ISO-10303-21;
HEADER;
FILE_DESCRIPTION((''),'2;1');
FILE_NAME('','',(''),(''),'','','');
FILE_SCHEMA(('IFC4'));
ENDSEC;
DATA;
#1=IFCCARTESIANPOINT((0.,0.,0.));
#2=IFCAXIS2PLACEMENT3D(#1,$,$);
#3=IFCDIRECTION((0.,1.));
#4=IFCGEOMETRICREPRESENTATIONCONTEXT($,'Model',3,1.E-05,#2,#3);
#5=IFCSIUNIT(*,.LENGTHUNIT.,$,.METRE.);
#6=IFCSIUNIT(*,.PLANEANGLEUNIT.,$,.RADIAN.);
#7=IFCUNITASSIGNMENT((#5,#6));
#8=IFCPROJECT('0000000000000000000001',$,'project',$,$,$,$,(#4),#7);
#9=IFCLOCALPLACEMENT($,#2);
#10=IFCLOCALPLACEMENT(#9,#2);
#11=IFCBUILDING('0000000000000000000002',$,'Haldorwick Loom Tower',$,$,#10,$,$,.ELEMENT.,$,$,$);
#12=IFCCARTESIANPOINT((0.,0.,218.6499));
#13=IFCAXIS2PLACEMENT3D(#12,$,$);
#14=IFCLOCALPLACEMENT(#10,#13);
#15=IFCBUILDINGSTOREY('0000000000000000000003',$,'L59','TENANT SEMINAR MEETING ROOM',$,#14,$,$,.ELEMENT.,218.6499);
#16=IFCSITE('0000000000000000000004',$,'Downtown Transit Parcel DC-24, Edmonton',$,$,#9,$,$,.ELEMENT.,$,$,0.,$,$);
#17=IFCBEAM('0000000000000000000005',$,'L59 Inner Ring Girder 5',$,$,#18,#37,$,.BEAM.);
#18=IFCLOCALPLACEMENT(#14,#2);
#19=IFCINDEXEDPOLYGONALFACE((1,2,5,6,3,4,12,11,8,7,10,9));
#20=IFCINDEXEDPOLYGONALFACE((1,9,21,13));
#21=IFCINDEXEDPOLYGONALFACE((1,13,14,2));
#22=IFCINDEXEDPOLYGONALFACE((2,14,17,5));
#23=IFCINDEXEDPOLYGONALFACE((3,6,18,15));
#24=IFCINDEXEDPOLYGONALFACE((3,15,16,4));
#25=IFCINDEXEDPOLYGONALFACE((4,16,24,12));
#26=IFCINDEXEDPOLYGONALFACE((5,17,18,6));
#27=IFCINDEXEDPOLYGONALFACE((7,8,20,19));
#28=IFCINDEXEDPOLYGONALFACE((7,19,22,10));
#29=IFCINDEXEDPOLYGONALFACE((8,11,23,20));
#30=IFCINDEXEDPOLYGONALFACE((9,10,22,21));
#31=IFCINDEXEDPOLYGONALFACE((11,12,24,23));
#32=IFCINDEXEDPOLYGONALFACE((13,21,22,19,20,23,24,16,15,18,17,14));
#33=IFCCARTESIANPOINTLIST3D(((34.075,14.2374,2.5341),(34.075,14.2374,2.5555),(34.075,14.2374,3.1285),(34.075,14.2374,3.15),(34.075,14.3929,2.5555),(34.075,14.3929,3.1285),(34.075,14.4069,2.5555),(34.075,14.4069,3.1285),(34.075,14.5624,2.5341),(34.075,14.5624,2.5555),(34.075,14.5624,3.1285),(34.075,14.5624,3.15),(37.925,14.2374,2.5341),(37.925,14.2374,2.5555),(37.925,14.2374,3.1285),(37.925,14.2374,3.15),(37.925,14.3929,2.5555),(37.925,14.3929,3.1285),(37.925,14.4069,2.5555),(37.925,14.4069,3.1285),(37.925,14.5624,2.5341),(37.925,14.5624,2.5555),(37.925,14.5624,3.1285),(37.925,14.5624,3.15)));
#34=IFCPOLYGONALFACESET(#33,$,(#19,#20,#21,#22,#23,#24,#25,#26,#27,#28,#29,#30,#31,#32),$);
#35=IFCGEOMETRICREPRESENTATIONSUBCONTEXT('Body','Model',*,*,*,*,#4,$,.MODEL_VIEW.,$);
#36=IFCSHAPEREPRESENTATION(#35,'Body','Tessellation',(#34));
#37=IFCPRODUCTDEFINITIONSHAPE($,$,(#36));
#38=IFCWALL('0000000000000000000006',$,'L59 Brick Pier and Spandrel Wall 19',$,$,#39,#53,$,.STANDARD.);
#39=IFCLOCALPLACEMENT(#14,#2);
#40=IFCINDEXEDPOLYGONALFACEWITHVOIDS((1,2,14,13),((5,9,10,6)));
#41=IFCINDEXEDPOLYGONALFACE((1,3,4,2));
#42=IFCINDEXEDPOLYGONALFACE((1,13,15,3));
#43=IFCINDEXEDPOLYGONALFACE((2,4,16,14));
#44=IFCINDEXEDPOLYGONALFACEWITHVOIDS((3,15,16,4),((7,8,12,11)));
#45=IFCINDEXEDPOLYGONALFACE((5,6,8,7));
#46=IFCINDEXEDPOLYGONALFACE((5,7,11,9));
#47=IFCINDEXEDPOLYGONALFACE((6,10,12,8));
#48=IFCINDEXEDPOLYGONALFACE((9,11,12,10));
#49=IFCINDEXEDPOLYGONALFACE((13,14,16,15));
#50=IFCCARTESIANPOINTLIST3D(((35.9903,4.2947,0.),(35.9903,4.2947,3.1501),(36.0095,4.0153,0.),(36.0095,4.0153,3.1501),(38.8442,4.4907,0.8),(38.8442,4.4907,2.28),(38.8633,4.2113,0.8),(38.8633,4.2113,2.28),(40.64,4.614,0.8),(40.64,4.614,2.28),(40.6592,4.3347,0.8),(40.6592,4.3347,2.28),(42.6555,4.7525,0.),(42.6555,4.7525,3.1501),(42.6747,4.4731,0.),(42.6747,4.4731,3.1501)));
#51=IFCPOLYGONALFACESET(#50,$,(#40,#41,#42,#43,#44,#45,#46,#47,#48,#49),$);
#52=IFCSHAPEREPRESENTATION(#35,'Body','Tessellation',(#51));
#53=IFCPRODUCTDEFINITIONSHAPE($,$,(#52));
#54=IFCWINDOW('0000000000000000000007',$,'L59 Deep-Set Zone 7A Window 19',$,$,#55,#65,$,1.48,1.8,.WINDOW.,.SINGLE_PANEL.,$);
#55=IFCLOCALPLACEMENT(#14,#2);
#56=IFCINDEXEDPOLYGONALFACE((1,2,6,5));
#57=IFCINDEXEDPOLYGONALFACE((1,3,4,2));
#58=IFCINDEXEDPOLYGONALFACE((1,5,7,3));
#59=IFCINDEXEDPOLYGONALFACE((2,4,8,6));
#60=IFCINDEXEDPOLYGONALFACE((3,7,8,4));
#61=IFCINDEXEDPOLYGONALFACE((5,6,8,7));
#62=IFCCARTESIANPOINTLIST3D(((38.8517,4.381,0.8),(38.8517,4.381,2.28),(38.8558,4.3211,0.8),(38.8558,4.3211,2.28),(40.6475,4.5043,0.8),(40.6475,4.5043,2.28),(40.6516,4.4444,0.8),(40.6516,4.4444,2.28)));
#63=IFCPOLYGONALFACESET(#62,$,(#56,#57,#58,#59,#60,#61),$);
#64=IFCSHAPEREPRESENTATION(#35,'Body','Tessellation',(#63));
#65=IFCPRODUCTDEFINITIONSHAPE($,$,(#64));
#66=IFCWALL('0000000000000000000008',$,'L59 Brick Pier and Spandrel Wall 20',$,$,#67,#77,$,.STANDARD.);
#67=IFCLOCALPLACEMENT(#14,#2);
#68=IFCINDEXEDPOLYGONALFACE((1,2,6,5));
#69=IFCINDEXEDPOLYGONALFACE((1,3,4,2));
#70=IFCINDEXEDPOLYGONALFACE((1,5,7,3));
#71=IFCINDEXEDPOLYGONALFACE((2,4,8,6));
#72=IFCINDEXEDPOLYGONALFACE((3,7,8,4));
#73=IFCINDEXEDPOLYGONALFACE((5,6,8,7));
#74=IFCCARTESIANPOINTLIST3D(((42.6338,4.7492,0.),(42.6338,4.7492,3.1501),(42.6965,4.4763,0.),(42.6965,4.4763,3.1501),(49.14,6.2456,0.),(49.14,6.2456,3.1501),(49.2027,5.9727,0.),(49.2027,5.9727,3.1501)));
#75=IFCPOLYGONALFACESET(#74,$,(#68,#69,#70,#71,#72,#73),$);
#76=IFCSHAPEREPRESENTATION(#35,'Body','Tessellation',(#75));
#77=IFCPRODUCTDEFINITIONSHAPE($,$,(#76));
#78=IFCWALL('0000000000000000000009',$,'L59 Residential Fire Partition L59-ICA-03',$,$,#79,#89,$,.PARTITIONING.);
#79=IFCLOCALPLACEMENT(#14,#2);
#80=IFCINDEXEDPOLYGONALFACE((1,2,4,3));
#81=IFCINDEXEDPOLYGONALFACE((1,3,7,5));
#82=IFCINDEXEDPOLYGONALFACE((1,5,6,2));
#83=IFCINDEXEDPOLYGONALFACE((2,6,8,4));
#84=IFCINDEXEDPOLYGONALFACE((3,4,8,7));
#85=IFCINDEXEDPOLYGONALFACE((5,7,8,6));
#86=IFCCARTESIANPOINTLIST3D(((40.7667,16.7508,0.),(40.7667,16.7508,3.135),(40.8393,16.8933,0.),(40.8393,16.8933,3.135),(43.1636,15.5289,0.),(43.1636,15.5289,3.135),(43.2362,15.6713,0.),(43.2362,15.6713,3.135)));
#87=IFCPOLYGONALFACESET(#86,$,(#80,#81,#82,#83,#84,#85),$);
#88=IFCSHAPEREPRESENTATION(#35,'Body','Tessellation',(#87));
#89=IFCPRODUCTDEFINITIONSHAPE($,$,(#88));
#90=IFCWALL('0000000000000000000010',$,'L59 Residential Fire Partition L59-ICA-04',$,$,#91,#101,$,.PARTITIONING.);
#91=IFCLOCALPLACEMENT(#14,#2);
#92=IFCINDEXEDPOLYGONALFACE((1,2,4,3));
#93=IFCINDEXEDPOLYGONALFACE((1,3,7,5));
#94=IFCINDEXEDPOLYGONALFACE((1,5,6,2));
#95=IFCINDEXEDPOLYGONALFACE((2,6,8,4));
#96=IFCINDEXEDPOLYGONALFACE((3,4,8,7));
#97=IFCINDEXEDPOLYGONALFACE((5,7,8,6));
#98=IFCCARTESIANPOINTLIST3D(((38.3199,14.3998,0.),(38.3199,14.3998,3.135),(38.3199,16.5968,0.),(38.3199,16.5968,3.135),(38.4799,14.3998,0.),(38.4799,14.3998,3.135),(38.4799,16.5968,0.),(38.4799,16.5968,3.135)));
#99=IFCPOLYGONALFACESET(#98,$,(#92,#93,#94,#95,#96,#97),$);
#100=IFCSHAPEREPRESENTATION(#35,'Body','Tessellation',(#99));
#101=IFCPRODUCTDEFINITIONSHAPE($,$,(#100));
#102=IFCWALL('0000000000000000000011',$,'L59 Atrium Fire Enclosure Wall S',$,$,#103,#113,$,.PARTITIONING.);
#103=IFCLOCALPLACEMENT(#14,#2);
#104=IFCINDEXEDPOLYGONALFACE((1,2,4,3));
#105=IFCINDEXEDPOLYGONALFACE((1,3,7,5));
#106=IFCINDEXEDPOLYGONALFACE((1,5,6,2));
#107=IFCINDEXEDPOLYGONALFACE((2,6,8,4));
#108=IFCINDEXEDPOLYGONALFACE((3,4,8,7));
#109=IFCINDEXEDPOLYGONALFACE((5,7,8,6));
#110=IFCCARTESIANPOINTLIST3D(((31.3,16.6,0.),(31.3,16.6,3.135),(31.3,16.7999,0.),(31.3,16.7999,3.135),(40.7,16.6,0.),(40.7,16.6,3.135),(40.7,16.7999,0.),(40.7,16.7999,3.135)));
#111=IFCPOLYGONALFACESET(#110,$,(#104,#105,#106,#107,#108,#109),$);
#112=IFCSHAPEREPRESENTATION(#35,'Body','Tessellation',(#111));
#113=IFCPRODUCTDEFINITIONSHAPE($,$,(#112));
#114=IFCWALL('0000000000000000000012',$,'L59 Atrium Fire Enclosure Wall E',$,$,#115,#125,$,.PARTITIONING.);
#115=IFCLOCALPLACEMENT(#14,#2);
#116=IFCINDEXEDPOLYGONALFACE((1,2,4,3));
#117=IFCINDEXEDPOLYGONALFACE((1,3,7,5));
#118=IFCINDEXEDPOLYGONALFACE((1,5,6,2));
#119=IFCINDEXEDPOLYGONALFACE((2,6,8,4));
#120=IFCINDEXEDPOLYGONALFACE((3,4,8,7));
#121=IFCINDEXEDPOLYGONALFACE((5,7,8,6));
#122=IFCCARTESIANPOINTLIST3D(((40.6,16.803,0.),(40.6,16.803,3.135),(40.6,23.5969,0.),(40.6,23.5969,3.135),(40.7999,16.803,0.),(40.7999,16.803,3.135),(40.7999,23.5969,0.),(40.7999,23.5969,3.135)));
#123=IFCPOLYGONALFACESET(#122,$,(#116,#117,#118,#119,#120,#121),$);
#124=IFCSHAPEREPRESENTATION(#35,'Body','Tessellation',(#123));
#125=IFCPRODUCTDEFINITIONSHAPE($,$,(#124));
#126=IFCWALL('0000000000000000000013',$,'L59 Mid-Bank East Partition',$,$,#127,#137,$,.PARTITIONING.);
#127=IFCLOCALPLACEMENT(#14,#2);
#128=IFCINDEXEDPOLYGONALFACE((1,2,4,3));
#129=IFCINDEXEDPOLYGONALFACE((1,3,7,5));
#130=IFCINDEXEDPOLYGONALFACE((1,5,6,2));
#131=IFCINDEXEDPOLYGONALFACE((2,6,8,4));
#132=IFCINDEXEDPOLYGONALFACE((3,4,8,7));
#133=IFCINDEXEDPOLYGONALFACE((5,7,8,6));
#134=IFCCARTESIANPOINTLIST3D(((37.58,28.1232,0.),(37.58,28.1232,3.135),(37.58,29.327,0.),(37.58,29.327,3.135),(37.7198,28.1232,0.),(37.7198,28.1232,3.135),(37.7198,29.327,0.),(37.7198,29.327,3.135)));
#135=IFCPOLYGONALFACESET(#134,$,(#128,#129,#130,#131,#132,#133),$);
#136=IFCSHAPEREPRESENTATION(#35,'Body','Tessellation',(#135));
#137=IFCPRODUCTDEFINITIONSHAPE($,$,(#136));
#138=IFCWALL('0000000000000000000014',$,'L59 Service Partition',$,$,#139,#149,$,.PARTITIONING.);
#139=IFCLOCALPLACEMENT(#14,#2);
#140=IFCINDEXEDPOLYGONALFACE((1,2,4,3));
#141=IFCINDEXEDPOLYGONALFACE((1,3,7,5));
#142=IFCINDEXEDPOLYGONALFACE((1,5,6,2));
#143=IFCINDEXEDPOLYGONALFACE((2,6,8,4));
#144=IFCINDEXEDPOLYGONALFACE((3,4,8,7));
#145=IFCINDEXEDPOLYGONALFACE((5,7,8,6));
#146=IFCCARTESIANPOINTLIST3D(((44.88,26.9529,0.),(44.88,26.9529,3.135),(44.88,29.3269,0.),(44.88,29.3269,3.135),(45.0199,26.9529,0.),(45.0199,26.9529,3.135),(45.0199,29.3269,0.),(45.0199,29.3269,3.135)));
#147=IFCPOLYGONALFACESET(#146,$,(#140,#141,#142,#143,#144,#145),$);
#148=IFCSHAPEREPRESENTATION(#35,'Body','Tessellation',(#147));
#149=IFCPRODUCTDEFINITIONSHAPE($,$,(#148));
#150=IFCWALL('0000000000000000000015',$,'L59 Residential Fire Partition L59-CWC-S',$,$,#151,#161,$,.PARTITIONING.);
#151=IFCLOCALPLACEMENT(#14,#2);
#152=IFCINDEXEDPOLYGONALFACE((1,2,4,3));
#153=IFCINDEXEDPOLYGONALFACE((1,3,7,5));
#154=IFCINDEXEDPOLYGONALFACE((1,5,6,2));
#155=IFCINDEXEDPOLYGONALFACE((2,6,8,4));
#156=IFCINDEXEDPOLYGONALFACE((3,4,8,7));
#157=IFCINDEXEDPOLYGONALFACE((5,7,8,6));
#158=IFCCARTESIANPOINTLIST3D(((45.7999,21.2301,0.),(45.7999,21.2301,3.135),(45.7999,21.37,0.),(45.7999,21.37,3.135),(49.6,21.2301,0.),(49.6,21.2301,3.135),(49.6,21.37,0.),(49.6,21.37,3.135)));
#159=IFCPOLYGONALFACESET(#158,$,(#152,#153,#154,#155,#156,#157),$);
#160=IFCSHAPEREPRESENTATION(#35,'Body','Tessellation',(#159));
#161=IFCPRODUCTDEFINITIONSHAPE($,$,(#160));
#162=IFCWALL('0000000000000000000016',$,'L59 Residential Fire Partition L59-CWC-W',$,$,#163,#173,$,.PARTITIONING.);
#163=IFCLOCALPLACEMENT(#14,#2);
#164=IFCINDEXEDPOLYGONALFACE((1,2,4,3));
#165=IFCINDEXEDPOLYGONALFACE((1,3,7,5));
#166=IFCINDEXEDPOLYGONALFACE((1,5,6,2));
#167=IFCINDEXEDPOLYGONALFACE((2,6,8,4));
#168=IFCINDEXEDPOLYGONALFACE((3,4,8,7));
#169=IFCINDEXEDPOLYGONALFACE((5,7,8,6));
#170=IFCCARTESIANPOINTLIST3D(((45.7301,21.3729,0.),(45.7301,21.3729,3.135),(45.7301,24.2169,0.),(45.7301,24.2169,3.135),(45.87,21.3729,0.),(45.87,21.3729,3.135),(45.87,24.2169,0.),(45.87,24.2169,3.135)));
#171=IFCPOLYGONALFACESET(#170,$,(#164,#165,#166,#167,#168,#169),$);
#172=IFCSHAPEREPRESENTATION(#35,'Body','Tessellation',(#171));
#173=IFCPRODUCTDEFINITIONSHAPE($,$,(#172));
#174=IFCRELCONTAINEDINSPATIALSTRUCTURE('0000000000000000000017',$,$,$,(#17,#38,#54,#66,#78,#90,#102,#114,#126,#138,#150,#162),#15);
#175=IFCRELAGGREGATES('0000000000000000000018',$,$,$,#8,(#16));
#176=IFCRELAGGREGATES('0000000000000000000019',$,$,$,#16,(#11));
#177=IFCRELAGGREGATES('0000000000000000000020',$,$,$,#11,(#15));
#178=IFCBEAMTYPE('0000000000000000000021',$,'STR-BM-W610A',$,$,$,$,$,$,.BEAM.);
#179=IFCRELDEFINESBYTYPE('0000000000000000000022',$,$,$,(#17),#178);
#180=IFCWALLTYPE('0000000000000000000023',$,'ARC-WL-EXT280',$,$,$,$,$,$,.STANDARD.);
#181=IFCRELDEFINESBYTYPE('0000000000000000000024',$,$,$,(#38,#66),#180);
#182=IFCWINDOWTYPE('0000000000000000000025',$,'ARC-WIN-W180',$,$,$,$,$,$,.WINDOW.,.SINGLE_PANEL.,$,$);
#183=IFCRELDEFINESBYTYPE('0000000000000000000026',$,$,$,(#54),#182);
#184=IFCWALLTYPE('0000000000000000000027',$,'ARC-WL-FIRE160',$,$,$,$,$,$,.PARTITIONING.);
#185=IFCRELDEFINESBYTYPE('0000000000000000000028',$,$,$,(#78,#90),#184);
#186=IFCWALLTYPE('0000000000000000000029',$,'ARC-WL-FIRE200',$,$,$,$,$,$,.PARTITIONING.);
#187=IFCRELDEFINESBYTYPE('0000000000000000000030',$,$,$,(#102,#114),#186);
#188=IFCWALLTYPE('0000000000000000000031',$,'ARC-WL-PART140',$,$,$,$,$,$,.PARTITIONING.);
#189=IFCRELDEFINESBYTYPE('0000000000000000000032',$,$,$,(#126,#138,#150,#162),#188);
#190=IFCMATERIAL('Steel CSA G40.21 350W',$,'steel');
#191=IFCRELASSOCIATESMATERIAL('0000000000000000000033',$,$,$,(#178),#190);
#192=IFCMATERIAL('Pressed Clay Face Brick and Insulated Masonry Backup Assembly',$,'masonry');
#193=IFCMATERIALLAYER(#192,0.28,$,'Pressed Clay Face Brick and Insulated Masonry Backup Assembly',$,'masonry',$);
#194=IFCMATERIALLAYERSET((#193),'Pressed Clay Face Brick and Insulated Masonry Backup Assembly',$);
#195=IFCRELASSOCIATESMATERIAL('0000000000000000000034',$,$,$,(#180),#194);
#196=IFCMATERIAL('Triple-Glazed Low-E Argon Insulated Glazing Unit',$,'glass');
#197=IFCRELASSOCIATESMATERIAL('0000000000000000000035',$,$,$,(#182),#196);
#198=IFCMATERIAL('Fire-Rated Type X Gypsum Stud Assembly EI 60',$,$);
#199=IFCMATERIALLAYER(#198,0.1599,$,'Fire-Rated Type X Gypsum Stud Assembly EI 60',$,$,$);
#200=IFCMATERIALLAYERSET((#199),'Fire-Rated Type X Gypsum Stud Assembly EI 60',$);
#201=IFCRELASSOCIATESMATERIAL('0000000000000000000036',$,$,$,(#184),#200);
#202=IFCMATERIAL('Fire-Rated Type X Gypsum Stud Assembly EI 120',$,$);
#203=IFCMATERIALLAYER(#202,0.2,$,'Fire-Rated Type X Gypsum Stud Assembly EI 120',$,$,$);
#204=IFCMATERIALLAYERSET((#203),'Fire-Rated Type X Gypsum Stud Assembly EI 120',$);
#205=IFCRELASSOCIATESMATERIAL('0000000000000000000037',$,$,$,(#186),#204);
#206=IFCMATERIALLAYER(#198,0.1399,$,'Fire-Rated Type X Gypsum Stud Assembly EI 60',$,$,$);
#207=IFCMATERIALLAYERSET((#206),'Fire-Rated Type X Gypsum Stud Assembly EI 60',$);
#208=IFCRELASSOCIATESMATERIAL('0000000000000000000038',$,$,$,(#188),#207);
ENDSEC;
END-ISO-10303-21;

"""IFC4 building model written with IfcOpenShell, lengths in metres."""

from ifc_helpers import new_model, si_unit, direction, frame, frame_2d, origin, origin_2d, place, context, subcontext, project, spatial, rectangle, i_section, extrude, material, layer, layer_set, material_profile, profile_set, type_object, element, fill, save


model = new_model("IFC4")

# Units and contexts
model_context = context("Model", 3, precision=1e-05, world=origin(), true_north=direction((0.0, 1.0)))
body_context = subcontext(model_context, "Body", "Model", "MODEL_VIEW")
ifc_project = project(units=[si_unit("LENGTHUNIT", "METRE"), si_unit("PLANEANGLEUNIT", "RADIAN")], contexts=[model_context])

# Site, building, storey
site_placement = place(None, origin())
site = spatial("IfcSite", under=ifc_project, at=site_placement, Name="Downtown Transit Parcel DC-24, Edmonton", CompositionType="ELEMENT", RefElevation=0.0)
building_placement = place(site_placement, origin())
building = spatial("IfcBuilding", under=site, at=building_placement, Name="Haldorwick Loom Tower", CompositionType="ELEMENT")
storey_placement = place(building_placement, frame((0.0, 0.0, 218.6499)))
storey = spatial("IfcBuildingStorey", under=building, at=storey_placement, Name="L59", Description="TENANT SEMINAR MEETING ROOM", CompositionType="ELEMENT", Elevation=218.6499)

# Shared definitions
ifc_material_1 = material(Name="Steel CSA G40.21 350W", Category="steel")

# Beam
ifc_material_profile_1 = material_profile(ifc_material_1, i_section(OverallWidth=0.325, OverallDepth=0.616, WebThickness=0.0139, FlangeThickness=0.0215, at=origin_2d()), Name="W610X174", Category="steel")
ifc_profile_set_1 = profile_set([ifc_material_profile_1], Name="Steel CSA G40.21 350W")
beam_type_1 = type_object("IfcBeamType", Name="STR-BM-W610A", PredefinedType="BEAM", material=ifc_profile_set_1)
beam_1_placement = place(storey_placement, frame((37.925, 14.3999, 2.842), z_axis=(-1.0, 0.0, 0.0), x_axis=(0.0, -1.0, 0.0)))
element("IfcBeam", 1, at=beam_1_placement, inside=storey, type_object=beam_type_1, Name="L59 Inner Ring Girder 5", PredefinedType="BEAM", context=body_context, shape_type="SweptSolid", body=[
    extrude(i_section(OverallWidth=0.325, OverallDepth=0.616, WebThickness=0.0139, FlangeThickness=0.0215, at=origin_2d()), origin(), (0.0, 0.0, 1.0), 3.8501),
])

# Wall, opening, window
ifc_material_2 = material(Name="Pressed Clay Face Brick and Insulated Masonry Backup Assembly", Category="masonry")
ifc_layer_1 = layer(ifc_material_2, 0.28, Name="Pressed Clay Face Brick and Insulated Masonry Backup Assembly", Category="masonry")
ifc_layer_set_1 = layer_set([ifc_layer_1], Name="Pressed Clay Face Brick and Insulated Masonry Backup Assembly")
wall_type_1 = type_object("IfcWallType", Name="ARC-WL-EXT280", PredefinedType="STANDARD", material=ifc_layer_set_1)
wall_1_placement = place(storey_placement, frame((36.0, 4.155, 0.0), z_axis=(0.0, 0.0, 1.0), x_axis=(0.99765, 0.068517, 0.0)))
wall_1 = element("IfcWall", 2, at=wall_1_placement, inside=storey, type_object=wall_type_1, Name="L59 Brick Pier and Spandrel Wall 19", PredefinedType="STANDARD", context=body_context, shape_type="SweptSolid", body=[
    extrude(rectangle(XDim=6.6809, YDim=0.28, at=frame_2d((3.3403, 0.0))), origin(), (0.0, 0.0, 1.0), 3.1501),
])
opening_placement = place(wall_1_placement, frame((2.8606, 0.0, 0.8)))
opening = element("IfcOpeningElement", 3, at=opening_placement, cuts=wall_1, PredefinedType="OPENING", context=body_context, shape_type="SweptSolid", body=[
    extrude(rectangle(XDim=1.8, YDim=1.48, at=frame_2d((0.8999, 0.74))), frame((0.0, 0.1499, 0.0), z_axis=(0.0, -1.0, 0.0), x_axis=(1.0, 0.0, 0.0)), (0.0, 0.0, 1.0), 0.3),
])
ifc_material_3 = material(Name="Triple-Glazed Low-E Argon Insulated Glazing Unit", Category="glass")
window_type = type_object("IfcWindowType", Name="ARC-WIN-W180", PartitioningType="SINGLE_PANEL", PredefinedType="WINDOW", material=ifc_material_3)
window_placement = place(opening_placement, origin())
window = element("IfcWindow", 4, at=window_placement, inside=storey, type_object=window_type, Name="L59 Deep-Set Zone 7A Window 19", OverallHeight=1.48, OverallWidth=1.8, PartitioningType="SINGLE_PANEL", PredefinedType="WINDOW", context=body_context, shape_type="SweptSolid", body=[
    extrude(rectangle(XDim=1.8, YDim=1.48, at=frame_2d((0.8999, 0.74))), frame((0.0, 0.03, 0.0), z_axis=(0.0, -1.0, 0.0), x_axis=(1.0, 0.0, 0.0)), (0.0, 0.0, 1.0), 0.0601),
])
fill(opening, window)

# Walls
wall_2_placement = place(storey_placement, frame((42.6653, 4.6128, 0.0), z_axis=(0.0, 0.0, 1.0), x_axis=(0.974557, 0.224138, 0.0)))
element("IfcWall", 5, at=wall_2_placement, inside=storey, type_object=wall_type_1, Name="L59 Brick Pier and Spandrel Wall 20", PredefinedType="STANDARD", context=body_context, shape_type="SweptSolid", body=[
    extrude(rectangle(XDim=6.676, YDim=0.28, at=frame_2d((3.3379, 0.0))), origin(), (0.0, 0.0, 1.0), 3.1501),
])
ifc_material_4 = material(Name="Fire-Rated Type X Gypsum Stud Assembly EI 60")
ifc_layer_2 = layer(ifc_material_4, 0.1599, Name="Fire-Rated Type X Gypsum Stud Assembly EI 60")
ifc_layer_set_2 = layer_set([ifc_layer_2], Name="Fire-Rated Type X Gypsum Stud Assembly EI 60")
wall_type_2 = type_object("IfcWallType", Name="ARC-WL-FIRE160", PredefinedType="PARTITIONING", material=ifc_layer_set_2)
wall_3_placement = place(storey_placement, frame((40.803, 16.822, 0.0), z_axis=(0.0, 0.0, 1.0), x_axis=(0.890916, -0.454169, 0.0)))
element("IfcWall", 6, at=wall_3_placement, inside=storey, type_object=wall_type_2, Name="L59 Residential Fire Partition L59-ICA-03", PredefinedType="PARTITIONING", context=body_context, shape_type="SweptSolid", body=[
    extrude(rectangle(XDim=2.6904, YDim=0.1599, at=frame_2d((1.3452, 0.0))), origin(), (0.0, 0.0, 1.0), 3.135),
])
wall_4_placement = place(storey_placement, frame((38.3999, 16.5969, 0.0), z_axis=(0.0, 0.0, 1.0), x_axis=(0.0, -1.0, 0.0)))
element("IfcWall", 7, at=wall_4_placement, inside=storey, type_object=wall_type_2, Name="L59 Residential Fire Partition L59-ICA-04", PredefinedType="PARTITIONING", context=body_context, shape_type="SweptSolid", body=[
    extrude(rectangle(XDim=2.197, YDim=0.1599, at=frame_2d((1.0986, 0.0))), origin(), (0.0, 0.0, 1.0), 3.135),
])
ifc_material_5 = material(Name="Fire-Rated Type X Gypsum Stud Assembly EI 120")
ifc_layer_3 = layer(ifc_material_5, 0.2, Name="Fire-Rated Type X Gypsum Stud Assembly EI 120")
ifc_layer_set_3 = layer_set([ifc_layer_3], Name="Fire-Rated Type X Gypsum Stud Assembly EI 120")
wall_type_3 = type_object("IfcWallType", Name="ARC-WL-FIRE200", PredefinedType="PARTITIONING", material=ifc_layer_set_3)
wall_5_placement = place(storey_placement, frame((40.7, 16.7, 0.0), z_axis=(0.0, 0.0, 1.0), x_axis=(-1.0, 0.0, 0.0)))
element("IfcWall", 8, at=wall_5_placement, inside=storey, type_object=wall_type_3, Name="L59 Atrium Fire Enclosure Wall S", PredefinedType="PARTITIONING", context=body_context, shape_type="SweptSolid", body=[
    extrude(rectangle(XDim=9.3999, YDim=0.2, at=frame_2d((4.7, 0.0))), origin(), (0.0, 0.0, 1.0), 3.135),
])
wall_6_placement = place(storey_placement, frame((40.7, 23.5969, 0.0), z_axis=(0.0, 0.0, 1.0), x_axis=(0.0, -1.0, 0.0)))
element("IfcWall", 9, at=wall_6_placement, inside=storey, type_object=wall_type_3, Name="L59 Atrium Fire Enclosure Wall E", PredefinedType="PARTITIONING", context=body_context, shape_type="SweptSolid", body=[
    extrude(rectangle(XDim=6.7939, YDim=0.2, at=frame_2d((3.397, 0.0))), origin(), (0.0, 0.0, 1.0), 3.135),
])
ifc_layer_4 = layer(ifc_material_4, 0.1399, Name="Fire-Rated Type X Gypsum Stud Assembly EI 60")
ifc_layer_set_4 = layer_set([ifc_layer_4], Name="Fire-Rated Type X Gypsum Stud Assembly EI 60")
wall_type_4 = type_object("IfcWallType", Name="ARC-WL-PART140", PredefinedType="PARTITIONING", material=ifc_layer_set_4)
wall_7_placement = place(storey_placement, frame((37.6499, 28.123, 0.0), z_axis=(0.0, 0.0, 1.0), x_axis=(0.0, 1.0, 0.0)))
element("IfcWall", 10, at=wall_7_placement, inside=storey, type_object=wall_type_4, Name="L59 Mid-Bank East Partition", PredefinedType="PARTITIONING", context=body_context, shape_type="SweptSolid", body=[
    extrude(rectangle(XDim=1.2039, YDim=0.1399, at=frame_2d((0.6021, 0.0))), origin(), (0.0, 0.0, 1.0), 3.135),
])
wall_8_placement = place(storey_placement, frame((44.95, 26.9529, 0.0), z_axis=(0.0, 0.0, 1.0), x_axis=(0.0, 1.0, 0.0)))
element("IfcWall", 11, at=wall_8_placement, inside=storey, type_object=wall_type_4, Name="L59 Service Partition", PredefinedType="PARTITIONING", context=body_context, shape_type="SweptSolid", body=[
    extrude(rectangle(XDim=2.374, YDim=0.1399, at=frame_2d((1.187, 0.0))), origin(), (0.0, 0.0, 1.0), 3.135),
])
wall_9_placement = place(storey_placement, frame((45.8, 21.3, 0.0), z_axis=(0.0, 0.0, 1.0), x_axis=(1.0, 0.0, 0.0)))
element("IfcWall", 12, at=wall_9_placement, inside=storey, type_object=wall_type_4, Name="L59 Residential Fire Partition L59-CWC-S", PredefinedType="PARTITIONING", context=body_context, shape_type="SweptSolid", body=[
    extrude(rectangle(XDim=3.8, YDim=0.1399, at=frame_2d((1.8999, 0.0))), origin(), (0.0, 0.0, 1.0), 3.135),
])
wall_10_placement = place(storey_placement, frame((45.8, 21.373, 0.0), z_axis=(0.0, 0.0, 1.0), x_axis=(0.0, 1.0, 0.0)))
element("IfcWall", 13, at=wall_10_placement, inside=storey, type_object=wall_type_4, Name="L59 Residential Fire Partition L59-CWC-W", PredefinedType="PARTITIONING", context=body_context, shape_type="SweptSolid", body=[
    extrude(rectangle(XDim=2.844, YDim=0.1399, at=frame_2d((1.4219, 0.0))), origin(), (0.0, 0.0, 1.0), 3.135),
])

save(model, "model.ifc")
